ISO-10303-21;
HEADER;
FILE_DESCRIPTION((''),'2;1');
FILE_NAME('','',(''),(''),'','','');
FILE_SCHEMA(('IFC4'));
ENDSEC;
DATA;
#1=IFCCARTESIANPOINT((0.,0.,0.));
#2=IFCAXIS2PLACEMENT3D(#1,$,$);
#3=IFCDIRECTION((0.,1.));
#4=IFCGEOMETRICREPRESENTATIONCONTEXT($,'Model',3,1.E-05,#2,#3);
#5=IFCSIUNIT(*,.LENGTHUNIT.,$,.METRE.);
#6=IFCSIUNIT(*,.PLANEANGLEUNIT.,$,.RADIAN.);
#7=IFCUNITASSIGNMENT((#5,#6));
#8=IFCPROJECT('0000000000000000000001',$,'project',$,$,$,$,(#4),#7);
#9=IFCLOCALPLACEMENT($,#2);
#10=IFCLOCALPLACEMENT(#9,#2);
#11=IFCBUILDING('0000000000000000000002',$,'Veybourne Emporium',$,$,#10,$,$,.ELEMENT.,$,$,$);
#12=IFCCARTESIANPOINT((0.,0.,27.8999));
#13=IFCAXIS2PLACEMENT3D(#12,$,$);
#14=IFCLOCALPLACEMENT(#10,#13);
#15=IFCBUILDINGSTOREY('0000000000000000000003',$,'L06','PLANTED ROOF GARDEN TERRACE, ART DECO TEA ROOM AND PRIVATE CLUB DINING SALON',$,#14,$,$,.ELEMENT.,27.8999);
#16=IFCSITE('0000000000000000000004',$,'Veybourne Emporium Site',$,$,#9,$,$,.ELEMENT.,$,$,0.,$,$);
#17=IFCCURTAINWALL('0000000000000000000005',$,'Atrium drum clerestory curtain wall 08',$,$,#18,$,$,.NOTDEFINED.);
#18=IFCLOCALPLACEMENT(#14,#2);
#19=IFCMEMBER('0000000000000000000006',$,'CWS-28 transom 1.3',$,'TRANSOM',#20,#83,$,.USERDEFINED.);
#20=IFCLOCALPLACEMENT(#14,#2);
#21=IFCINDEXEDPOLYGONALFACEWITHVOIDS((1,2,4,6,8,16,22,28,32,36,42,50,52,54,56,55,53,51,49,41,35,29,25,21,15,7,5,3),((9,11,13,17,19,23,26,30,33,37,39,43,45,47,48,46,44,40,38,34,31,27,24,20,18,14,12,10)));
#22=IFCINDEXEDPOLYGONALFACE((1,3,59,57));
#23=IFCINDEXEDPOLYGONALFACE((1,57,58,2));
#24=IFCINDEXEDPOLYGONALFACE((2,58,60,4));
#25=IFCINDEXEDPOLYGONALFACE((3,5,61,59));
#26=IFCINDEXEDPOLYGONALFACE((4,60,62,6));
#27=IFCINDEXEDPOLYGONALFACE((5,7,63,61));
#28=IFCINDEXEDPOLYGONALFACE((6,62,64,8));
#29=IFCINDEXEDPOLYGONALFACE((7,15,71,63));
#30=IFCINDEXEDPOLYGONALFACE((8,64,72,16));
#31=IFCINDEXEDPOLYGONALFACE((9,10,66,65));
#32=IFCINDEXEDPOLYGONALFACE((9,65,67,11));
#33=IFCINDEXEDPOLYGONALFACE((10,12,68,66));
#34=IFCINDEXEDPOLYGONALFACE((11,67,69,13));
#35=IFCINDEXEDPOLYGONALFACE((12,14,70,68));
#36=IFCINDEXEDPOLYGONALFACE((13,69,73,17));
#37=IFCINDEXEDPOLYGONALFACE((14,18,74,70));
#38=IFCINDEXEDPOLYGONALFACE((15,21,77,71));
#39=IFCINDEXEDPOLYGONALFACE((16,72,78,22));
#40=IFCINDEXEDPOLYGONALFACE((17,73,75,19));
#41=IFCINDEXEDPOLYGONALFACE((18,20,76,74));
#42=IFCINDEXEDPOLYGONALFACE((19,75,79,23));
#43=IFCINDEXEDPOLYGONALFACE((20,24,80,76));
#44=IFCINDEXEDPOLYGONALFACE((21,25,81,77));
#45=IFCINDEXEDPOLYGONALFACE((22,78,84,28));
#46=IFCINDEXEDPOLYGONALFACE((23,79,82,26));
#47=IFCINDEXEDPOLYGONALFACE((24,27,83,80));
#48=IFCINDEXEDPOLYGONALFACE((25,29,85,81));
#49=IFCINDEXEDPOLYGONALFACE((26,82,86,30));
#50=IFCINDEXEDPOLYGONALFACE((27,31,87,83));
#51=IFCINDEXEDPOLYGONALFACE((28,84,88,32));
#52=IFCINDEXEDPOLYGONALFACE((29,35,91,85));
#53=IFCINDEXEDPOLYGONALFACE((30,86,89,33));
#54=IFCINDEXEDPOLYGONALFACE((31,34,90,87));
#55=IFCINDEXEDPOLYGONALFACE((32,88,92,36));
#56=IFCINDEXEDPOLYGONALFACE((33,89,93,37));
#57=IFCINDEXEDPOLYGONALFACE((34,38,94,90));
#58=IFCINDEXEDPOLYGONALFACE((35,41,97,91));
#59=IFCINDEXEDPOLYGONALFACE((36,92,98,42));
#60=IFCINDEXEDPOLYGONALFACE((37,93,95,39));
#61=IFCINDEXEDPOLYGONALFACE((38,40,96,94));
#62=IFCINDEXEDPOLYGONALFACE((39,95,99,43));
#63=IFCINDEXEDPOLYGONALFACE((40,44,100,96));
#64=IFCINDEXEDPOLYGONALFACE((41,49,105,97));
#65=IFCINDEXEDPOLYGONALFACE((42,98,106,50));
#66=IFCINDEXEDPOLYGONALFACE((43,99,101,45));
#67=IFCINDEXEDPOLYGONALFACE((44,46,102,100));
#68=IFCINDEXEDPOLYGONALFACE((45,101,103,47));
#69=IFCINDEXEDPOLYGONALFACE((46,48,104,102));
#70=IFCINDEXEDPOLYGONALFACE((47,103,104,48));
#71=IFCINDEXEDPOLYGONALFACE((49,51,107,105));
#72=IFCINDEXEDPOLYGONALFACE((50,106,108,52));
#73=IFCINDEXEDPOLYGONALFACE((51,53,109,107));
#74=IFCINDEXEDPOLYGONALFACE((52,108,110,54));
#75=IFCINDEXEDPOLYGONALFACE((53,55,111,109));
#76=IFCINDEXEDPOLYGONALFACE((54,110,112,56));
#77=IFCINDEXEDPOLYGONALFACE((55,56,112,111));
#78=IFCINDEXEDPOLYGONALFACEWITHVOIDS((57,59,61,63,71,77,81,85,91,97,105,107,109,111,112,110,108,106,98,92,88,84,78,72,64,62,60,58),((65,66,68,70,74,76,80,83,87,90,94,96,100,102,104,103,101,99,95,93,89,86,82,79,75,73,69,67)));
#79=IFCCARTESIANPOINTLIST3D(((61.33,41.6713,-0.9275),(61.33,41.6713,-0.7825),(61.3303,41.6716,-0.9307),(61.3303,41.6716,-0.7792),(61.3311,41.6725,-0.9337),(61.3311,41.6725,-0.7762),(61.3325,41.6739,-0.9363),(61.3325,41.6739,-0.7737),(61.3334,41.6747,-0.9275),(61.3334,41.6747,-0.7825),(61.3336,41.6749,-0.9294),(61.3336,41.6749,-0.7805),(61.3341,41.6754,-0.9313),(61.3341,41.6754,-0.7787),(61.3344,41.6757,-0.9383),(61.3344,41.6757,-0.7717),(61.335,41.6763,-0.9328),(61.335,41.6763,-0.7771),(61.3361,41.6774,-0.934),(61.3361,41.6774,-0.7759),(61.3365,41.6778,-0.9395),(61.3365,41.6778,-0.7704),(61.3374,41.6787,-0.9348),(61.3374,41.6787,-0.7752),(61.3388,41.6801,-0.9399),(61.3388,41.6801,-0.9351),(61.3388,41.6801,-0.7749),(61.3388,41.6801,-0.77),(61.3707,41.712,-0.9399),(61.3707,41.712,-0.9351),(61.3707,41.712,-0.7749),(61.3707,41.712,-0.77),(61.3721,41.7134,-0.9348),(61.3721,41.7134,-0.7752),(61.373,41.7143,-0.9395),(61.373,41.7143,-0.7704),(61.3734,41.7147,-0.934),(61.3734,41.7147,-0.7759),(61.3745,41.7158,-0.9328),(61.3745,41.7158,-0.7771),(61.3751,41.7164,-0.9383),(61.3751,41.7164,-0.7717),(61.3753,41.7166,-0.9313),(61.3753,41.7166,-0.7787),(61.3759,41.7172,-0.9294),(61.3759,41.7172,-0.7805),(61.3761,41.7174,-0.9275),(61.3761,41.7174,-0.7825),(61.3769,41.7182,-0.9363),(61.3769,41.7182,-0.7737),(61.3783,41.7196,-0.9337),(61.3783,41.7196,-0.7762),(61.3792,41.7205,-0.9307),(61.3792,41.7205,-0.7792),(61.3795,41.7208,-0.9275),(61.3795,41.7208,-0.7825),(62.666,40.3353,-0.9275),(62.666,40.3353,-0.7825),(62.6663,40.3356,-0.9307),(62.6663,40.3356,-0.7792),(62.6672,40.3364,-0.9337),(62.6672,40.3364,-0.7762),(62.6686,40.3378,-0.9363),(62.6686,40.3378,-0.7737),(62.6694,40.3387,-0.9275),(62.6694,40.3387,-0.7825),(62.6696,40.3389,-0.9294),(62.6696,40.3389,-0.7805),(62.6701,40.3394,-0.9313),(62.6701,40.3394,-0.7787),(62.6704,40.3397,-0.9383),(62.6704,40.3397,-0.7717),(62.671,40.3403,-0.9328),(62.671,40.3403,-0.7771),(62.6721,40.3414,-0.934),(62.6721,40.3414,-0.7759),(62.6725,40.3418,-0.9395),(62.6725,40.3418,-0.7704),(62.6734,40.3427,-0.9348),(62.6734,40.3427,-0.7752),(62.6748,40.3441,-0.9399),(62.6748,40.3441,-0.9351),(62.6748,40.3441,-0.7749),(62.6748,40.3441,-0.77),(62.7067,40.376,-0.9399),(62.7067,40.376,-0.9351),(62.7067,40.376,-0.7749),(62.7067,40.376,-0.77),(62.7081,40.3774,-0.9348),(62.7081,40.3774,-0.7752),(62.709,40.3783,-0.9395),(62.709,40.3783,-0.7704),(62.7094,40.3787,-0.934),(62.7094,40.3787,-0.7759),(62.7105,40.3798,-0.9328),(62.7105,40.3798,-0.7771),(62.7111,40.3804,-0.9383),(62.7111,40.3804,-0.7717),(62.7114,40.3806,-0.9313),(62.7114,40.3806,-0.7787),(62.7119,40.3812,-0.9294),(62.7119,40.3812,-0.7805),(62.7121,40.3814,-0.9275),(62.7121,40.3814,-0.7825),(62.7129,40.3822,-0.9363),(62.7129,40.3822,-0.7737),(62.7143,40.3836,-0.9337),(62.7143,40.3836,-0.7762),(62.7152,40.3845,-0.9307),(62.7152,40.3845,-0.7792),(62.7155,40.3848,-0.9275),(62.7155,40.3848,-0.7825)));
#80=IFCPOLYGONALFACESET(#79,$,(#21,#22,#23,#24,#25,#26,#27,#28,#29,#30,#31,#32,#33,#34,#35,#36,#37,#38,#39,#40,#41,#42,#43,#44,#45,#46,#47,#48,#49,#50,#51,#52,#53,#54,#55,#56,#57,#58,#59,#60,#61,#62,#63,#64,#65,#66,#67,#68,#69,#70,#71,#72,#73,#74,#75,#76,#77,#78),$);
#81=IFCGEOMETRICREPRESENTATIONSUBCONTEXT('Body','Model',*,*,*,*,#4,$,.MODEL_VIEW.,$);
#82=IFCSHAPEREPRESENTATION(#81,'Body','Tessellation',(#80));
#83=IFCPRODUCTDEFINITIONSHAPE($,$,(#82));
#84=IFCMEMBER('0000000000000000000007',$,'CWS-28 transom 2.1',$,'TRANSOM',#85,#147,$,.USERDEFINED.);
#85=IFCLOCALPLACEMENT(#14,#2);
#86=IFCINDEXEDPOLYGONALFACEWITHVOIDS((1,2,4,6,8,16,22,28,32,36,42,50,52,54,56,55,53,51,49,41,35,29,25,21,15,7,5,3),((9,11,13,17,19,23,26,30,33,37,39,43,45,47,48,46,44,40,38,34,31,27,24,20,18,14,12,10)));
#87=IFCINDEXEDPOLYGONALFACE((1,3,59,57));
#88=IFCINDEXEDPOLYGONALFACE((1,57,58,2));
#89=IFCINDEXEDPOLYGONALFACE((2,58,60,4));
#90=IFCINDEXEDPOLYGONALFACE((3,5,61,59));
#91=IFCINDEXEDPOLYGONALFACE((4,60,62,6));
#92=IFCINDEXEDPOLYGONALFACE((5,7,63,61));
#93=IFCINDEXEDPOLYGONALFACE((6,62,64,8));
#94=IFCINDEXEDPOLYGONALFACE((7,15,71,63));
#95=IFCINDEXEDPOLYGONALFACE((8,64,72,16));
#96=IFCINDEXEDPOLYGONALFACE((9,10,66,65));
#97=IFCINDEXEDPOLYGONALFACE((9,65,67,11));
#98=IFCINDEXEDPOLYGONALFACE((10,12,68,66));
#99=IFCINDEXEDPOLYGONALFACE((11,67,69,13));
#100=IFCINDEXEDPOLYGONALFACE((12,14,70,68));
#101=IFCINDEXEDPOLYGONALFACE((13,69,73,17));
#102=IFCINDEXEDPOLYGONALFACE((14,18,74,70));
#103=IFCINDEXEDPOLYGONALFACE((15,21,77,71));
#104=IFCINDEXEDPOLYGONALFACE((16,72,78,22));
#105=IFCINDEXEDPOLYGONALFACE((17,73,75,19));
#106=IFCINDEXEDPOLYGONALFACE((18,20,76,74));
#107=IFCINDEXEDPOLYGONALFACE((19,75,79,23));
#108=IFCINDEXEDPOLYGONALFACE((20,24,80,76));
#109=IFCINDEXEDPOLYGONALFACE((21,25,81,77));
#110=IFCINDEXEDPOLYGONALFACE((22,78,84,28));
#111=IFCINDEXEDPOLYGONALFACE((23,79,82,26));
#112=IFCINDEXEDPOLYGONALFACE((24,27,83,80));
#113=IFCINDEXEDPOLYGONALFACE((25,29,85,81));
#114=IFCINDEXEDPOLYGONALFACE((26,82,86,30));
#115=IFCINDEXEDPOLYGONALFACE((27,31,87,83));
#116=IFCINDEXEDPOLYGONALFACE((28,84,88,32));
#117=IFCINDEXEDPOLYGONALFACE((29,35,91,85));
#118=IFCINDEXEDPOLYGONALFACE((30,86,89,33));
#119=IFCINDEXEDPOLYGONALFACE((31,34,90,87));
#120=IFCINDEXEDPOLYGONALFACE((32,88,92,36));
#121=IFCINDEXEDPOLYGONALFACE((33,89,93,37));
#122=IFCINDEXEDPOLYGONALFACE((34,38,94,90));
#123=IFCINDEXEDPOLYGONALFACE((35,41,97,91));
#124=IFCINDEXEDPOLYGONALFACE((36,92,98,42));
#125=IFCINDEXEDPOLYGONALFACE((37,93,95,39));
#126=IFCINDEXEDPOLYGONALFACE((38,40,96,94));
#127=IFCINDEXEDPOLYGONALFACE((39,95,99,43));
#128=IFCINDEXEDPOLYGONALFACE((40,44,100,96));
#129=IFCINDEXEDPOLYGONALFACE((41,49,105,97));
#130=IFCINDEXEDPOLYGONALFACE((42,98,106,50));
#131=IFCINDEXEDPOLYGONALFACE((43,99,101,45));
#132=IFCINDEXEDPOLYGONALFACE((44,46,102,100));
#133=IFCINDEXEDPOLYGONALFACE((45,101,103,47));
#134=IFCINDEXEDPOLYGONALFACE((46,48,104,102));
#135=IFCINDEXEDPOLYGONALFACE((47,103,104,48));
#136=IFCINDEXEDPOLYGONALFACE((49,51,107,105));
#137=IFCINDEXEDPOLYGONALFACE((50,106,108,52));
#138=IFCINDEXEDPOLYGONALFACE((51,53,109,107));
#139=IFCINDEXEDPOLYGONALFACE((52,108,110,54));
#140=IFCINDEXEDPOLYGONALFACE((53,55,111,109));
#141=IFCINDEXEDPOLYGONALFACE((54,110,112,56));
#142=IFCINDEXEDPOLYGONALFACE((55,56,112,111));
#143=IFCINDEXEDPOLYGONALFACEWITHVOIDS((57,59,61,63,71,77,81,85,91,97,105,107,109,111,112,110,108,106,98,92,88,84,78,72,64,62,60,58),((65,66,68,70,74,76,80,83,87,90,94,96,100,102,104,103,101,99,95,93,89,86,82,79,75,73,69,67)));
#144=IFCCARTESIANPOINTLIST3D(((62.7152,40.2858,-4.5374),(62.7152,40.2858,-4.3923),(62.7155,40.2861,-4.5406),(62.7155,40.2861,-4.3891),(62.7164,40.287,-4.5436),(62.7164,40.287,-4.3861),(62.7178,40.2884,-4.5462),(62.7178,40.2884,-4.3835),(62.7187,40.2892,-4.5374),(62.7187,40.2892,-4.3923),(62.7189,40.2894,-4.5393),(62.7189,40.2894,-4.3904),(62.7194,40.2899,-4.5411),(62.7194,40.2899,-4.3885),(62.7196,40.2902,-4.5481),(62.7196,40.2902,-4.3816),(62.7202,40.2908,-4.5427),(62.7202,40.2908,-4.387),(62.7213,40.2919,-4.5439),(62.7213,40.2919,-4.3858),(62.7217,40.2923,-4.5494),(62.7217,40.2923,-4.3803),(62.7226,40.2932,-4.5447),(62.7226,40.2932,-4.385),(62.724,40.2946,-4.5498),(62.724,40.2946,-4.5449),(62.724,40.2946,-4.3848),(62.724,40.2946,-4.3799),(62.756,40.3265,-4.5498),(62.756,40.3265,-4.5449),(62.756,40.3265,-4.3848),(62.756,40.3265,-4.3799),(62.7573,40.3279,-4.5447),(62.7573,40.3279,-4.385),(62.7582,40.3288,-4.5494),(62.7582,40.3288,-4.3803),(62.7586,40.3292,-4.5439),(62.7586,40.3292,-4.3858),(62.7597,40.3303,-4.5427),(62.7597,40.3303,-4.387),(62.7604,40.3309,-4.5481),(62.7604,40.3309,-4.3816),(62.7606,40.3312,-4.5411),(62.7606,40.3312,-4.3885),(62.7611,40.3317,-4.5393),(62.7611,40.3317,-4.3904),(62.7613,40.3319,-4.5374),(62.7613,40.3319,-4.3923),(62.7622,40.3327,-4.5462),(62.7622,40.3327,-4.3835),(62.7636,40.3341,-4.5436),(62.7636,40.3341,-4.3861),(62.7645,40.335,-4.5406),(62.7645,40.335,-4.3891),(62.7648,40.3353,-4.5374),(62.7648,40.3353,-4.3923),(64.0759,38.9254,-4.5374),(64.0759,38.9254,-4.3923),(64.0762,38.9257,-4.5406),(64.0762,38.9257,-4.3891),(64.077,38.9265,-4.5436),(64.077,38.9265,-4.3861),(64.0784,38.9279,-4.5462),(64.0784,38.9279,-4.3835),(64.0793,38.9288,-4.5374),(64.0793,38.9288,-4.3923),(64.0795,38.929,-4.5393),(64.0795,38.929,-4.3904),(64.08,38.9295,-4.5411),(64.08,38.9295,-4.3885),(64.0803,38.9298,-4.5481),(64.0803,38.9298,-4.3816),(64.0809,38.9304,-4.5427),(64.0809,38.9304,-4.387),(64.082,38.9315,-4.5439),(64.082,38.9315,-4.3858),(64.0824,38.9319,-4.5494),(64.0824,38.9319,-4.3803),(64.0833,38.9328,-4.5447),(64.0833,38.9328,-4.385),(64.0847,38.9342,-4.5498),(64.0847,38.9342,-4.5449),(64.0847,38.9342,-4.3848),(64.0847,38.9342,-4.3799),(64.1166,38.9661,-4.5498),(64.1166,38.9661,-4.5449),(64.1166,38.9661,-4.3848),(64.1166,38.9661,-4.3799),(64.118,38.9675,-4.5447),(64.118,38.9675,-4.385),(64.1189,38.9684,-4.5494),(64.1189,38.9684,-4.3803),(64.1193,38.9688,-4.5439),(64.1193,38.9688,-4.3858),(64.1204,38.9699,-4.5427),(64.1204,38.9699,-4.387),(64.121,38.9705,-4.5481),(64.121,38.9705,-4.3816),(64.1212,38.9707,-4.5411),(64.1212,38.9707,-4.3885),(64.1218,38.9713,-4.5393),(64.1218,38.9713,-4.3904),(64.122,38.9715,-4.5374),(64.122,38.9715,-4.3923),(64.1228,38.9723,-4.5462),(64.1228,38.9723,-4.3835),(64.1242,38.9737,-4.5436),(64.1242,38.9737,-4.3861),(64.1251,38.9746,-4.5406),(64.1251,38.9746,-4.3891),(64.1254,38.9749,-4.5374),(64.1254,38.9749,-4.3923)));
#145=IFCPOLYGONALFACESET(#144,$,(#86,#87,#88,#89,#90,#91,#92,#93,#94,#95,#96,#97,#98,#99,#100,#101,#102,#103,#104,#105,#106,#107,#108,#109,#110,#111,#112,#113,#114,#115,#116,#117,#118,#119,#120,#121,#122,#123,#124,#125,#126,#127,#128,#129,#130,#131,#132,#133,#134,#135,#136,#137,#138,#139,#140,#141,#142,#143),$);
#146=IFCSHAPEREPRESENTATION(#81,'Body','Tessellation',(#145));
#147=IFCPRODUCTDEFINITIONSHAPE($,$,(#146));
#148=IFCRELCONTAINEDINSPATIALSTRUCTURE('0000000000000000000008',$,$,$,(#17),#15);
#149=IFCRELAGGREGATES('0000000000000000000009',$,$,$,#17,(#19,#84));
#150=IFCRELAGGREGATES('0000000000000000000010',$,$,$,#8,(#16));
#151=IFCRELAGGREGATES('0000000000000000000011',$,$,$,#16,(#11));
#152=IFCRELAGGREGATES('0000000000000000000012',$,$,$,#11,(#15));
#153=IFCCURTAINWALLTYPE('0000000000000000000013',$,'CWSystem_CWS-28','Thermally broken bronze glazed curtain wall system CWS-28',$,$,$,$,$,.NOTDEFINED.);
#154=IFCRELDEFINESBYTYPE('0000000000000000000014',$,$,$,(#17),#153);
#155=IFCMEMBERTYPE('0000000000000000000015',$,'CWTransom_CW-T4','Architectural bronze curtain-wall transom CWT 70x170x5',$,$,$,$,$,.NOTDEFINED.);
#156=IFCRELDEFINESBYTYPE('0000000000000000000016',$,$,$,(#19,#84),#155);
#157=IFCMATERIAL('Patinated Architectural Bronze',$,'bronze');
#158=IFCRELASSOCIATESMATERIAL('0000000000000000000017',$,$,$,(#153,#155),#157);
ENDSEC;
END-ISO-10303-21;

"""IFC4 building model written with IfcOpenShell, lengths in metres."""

from ifc_helpers import new_model, si_unit, direction, frame, origin, origin_2d, place, context, subcontext, project, spatial, hollow_rectangle, extrude, material, material_profile, profile_set, type_object, element, aggregate, save


model = new_model("IFC4")

# Units and contexts
model_context = context("Model", 3, precision=1e-05, world=origin(), true_north=direction((0.0, 1.0)))
body_context = subcontext(model_context, "Body", "Model", "MODEL_VIEW")
ifc_project = project(units=[si_unit("LENGTHUNIT", "METRE"), si_unit("PLANEANGLEUNIT", "RADIAN")], contexts=[model_context])

# Site, building, storey
site_placement = place(None, origin())
site = spatial("IfcSite", under=ifc_project, at=site_placement, Name="Veybourne Emporium Site", CompositionType="ELEMENT", RefElevation=0.0)
building_placement = place(site_placement, origin())
building = spatial("IfcBuilding", under=site, at=building_placement, Name="Veybourne Emporium", CompositionType="ELEMENT")
storey_placement = place(building_placement, frame((0.0, 0.0, 27.8999)))
storey = spatial("IfcBuildingStorey", under=building, at=storey_placement, Name="L06", Description="PLANTED ROOF GARDEN TERRACE, ART DECO TEA ROOM AND PRIVATE CLUB DINING SALON", CompositionType="ELEMENT", Elevation=27.8999)

# Shared definitions
ifc_material_1 = material(Name="Patinated Architectural Bronze", Category="bronze")

# Curtain wall
curtain_wall_type_1 = type_object("IfcCurtainWallType", Name="CWSystem_CWS-28", Description="Thermally broken bronze glazed curtain wall system CWS-28", PredefinedType="NOTDEFINED", material=ifc_material_1)
curtain_wall_1_placement = place(storey_placement, origin())
curtain_wall_1 = element("IfcCurtainWall", 1, at=curtain_wall_1_placement, inside=storey, type_object=curtain_wall_type_1, Name="Atrium drum clerestory curtain wall 08", PredefinedType="NOTDEFINED")

# Members
ifc_material_profile_1 = material_profile(ifc_material_1, hollow_rectangle(XDim=0.0701, YDim=0.1699, WallThickness=0.0049, InnerFilletRadius=0.0076, OuterFilletRadius=0.0125, at=origin_2d()), Name="CWT 70x170x5")
ifc_profile_set_1 = profile_set([ifc_material_profile_1], Name="Patinated Architectural Bronze")
member_type_1 = type_object("IfcMemberType", Name="CWTransom_CW-T4", Description="Architectural bronze curtain-wall transom CWT 70x170x5", PredefinedType="NOTDEFINED", material=ifc_profile_set_1)
member_1_placement = place(storey_placement, frame((61.3547, 41.696, -0.855), z_axis=(0.707107, -0.707107, 0.0), x_axis=(0.707107, 0.707107, 0.0)))
member_1 = element("IfcMember", 2, at=member_1_placement, type_object=member_type_1, Name="CWS-28 transom 1.3", ObjectType="TRANSOM", PredefinedType="USERDEFINED", context=body_context, shape_type="SweptSolid", body=[
    extrude(hollow_rectangle(XDim=0.0701, YDim=0.1699, WallThickness=0.0049, InnerFilletRadius=0.0076, OuterFilletRadius=0.0125, at=origin_2d()), origin(), (0.0, 0.0, 1.0), 1.8894),
])
member_2_placement = place(storey_placement, frame((62.74, 40.3105, -4.4648), z_axis=(0.70717, -0.707043, 0.0), x_axis=(0.707043, 0.70717, 0.0)))
member_2 = element("IfcMember", 3, at=member_2_placement, type_object=member_type_1, Name="CWS-28 transom 2.1", ObjectType="TRANSOM", PredefinedType="USERDEFINED", context=body_context, shape_type="SweptSolid", body=[
    extrude(hollow_rectangle(XDim=0.0701, YDim=0.1699, WallThickness=0.0049, InnerFilletRadius=0.0076, OuterFilletRadius=0.0125, at=origin_2d()), origin(), (0.0, 0.0, 1.0), 1.9241),
])

aggregate(curtain_wall_1, [member_1, member_2])

save(model, "model.ifc")
